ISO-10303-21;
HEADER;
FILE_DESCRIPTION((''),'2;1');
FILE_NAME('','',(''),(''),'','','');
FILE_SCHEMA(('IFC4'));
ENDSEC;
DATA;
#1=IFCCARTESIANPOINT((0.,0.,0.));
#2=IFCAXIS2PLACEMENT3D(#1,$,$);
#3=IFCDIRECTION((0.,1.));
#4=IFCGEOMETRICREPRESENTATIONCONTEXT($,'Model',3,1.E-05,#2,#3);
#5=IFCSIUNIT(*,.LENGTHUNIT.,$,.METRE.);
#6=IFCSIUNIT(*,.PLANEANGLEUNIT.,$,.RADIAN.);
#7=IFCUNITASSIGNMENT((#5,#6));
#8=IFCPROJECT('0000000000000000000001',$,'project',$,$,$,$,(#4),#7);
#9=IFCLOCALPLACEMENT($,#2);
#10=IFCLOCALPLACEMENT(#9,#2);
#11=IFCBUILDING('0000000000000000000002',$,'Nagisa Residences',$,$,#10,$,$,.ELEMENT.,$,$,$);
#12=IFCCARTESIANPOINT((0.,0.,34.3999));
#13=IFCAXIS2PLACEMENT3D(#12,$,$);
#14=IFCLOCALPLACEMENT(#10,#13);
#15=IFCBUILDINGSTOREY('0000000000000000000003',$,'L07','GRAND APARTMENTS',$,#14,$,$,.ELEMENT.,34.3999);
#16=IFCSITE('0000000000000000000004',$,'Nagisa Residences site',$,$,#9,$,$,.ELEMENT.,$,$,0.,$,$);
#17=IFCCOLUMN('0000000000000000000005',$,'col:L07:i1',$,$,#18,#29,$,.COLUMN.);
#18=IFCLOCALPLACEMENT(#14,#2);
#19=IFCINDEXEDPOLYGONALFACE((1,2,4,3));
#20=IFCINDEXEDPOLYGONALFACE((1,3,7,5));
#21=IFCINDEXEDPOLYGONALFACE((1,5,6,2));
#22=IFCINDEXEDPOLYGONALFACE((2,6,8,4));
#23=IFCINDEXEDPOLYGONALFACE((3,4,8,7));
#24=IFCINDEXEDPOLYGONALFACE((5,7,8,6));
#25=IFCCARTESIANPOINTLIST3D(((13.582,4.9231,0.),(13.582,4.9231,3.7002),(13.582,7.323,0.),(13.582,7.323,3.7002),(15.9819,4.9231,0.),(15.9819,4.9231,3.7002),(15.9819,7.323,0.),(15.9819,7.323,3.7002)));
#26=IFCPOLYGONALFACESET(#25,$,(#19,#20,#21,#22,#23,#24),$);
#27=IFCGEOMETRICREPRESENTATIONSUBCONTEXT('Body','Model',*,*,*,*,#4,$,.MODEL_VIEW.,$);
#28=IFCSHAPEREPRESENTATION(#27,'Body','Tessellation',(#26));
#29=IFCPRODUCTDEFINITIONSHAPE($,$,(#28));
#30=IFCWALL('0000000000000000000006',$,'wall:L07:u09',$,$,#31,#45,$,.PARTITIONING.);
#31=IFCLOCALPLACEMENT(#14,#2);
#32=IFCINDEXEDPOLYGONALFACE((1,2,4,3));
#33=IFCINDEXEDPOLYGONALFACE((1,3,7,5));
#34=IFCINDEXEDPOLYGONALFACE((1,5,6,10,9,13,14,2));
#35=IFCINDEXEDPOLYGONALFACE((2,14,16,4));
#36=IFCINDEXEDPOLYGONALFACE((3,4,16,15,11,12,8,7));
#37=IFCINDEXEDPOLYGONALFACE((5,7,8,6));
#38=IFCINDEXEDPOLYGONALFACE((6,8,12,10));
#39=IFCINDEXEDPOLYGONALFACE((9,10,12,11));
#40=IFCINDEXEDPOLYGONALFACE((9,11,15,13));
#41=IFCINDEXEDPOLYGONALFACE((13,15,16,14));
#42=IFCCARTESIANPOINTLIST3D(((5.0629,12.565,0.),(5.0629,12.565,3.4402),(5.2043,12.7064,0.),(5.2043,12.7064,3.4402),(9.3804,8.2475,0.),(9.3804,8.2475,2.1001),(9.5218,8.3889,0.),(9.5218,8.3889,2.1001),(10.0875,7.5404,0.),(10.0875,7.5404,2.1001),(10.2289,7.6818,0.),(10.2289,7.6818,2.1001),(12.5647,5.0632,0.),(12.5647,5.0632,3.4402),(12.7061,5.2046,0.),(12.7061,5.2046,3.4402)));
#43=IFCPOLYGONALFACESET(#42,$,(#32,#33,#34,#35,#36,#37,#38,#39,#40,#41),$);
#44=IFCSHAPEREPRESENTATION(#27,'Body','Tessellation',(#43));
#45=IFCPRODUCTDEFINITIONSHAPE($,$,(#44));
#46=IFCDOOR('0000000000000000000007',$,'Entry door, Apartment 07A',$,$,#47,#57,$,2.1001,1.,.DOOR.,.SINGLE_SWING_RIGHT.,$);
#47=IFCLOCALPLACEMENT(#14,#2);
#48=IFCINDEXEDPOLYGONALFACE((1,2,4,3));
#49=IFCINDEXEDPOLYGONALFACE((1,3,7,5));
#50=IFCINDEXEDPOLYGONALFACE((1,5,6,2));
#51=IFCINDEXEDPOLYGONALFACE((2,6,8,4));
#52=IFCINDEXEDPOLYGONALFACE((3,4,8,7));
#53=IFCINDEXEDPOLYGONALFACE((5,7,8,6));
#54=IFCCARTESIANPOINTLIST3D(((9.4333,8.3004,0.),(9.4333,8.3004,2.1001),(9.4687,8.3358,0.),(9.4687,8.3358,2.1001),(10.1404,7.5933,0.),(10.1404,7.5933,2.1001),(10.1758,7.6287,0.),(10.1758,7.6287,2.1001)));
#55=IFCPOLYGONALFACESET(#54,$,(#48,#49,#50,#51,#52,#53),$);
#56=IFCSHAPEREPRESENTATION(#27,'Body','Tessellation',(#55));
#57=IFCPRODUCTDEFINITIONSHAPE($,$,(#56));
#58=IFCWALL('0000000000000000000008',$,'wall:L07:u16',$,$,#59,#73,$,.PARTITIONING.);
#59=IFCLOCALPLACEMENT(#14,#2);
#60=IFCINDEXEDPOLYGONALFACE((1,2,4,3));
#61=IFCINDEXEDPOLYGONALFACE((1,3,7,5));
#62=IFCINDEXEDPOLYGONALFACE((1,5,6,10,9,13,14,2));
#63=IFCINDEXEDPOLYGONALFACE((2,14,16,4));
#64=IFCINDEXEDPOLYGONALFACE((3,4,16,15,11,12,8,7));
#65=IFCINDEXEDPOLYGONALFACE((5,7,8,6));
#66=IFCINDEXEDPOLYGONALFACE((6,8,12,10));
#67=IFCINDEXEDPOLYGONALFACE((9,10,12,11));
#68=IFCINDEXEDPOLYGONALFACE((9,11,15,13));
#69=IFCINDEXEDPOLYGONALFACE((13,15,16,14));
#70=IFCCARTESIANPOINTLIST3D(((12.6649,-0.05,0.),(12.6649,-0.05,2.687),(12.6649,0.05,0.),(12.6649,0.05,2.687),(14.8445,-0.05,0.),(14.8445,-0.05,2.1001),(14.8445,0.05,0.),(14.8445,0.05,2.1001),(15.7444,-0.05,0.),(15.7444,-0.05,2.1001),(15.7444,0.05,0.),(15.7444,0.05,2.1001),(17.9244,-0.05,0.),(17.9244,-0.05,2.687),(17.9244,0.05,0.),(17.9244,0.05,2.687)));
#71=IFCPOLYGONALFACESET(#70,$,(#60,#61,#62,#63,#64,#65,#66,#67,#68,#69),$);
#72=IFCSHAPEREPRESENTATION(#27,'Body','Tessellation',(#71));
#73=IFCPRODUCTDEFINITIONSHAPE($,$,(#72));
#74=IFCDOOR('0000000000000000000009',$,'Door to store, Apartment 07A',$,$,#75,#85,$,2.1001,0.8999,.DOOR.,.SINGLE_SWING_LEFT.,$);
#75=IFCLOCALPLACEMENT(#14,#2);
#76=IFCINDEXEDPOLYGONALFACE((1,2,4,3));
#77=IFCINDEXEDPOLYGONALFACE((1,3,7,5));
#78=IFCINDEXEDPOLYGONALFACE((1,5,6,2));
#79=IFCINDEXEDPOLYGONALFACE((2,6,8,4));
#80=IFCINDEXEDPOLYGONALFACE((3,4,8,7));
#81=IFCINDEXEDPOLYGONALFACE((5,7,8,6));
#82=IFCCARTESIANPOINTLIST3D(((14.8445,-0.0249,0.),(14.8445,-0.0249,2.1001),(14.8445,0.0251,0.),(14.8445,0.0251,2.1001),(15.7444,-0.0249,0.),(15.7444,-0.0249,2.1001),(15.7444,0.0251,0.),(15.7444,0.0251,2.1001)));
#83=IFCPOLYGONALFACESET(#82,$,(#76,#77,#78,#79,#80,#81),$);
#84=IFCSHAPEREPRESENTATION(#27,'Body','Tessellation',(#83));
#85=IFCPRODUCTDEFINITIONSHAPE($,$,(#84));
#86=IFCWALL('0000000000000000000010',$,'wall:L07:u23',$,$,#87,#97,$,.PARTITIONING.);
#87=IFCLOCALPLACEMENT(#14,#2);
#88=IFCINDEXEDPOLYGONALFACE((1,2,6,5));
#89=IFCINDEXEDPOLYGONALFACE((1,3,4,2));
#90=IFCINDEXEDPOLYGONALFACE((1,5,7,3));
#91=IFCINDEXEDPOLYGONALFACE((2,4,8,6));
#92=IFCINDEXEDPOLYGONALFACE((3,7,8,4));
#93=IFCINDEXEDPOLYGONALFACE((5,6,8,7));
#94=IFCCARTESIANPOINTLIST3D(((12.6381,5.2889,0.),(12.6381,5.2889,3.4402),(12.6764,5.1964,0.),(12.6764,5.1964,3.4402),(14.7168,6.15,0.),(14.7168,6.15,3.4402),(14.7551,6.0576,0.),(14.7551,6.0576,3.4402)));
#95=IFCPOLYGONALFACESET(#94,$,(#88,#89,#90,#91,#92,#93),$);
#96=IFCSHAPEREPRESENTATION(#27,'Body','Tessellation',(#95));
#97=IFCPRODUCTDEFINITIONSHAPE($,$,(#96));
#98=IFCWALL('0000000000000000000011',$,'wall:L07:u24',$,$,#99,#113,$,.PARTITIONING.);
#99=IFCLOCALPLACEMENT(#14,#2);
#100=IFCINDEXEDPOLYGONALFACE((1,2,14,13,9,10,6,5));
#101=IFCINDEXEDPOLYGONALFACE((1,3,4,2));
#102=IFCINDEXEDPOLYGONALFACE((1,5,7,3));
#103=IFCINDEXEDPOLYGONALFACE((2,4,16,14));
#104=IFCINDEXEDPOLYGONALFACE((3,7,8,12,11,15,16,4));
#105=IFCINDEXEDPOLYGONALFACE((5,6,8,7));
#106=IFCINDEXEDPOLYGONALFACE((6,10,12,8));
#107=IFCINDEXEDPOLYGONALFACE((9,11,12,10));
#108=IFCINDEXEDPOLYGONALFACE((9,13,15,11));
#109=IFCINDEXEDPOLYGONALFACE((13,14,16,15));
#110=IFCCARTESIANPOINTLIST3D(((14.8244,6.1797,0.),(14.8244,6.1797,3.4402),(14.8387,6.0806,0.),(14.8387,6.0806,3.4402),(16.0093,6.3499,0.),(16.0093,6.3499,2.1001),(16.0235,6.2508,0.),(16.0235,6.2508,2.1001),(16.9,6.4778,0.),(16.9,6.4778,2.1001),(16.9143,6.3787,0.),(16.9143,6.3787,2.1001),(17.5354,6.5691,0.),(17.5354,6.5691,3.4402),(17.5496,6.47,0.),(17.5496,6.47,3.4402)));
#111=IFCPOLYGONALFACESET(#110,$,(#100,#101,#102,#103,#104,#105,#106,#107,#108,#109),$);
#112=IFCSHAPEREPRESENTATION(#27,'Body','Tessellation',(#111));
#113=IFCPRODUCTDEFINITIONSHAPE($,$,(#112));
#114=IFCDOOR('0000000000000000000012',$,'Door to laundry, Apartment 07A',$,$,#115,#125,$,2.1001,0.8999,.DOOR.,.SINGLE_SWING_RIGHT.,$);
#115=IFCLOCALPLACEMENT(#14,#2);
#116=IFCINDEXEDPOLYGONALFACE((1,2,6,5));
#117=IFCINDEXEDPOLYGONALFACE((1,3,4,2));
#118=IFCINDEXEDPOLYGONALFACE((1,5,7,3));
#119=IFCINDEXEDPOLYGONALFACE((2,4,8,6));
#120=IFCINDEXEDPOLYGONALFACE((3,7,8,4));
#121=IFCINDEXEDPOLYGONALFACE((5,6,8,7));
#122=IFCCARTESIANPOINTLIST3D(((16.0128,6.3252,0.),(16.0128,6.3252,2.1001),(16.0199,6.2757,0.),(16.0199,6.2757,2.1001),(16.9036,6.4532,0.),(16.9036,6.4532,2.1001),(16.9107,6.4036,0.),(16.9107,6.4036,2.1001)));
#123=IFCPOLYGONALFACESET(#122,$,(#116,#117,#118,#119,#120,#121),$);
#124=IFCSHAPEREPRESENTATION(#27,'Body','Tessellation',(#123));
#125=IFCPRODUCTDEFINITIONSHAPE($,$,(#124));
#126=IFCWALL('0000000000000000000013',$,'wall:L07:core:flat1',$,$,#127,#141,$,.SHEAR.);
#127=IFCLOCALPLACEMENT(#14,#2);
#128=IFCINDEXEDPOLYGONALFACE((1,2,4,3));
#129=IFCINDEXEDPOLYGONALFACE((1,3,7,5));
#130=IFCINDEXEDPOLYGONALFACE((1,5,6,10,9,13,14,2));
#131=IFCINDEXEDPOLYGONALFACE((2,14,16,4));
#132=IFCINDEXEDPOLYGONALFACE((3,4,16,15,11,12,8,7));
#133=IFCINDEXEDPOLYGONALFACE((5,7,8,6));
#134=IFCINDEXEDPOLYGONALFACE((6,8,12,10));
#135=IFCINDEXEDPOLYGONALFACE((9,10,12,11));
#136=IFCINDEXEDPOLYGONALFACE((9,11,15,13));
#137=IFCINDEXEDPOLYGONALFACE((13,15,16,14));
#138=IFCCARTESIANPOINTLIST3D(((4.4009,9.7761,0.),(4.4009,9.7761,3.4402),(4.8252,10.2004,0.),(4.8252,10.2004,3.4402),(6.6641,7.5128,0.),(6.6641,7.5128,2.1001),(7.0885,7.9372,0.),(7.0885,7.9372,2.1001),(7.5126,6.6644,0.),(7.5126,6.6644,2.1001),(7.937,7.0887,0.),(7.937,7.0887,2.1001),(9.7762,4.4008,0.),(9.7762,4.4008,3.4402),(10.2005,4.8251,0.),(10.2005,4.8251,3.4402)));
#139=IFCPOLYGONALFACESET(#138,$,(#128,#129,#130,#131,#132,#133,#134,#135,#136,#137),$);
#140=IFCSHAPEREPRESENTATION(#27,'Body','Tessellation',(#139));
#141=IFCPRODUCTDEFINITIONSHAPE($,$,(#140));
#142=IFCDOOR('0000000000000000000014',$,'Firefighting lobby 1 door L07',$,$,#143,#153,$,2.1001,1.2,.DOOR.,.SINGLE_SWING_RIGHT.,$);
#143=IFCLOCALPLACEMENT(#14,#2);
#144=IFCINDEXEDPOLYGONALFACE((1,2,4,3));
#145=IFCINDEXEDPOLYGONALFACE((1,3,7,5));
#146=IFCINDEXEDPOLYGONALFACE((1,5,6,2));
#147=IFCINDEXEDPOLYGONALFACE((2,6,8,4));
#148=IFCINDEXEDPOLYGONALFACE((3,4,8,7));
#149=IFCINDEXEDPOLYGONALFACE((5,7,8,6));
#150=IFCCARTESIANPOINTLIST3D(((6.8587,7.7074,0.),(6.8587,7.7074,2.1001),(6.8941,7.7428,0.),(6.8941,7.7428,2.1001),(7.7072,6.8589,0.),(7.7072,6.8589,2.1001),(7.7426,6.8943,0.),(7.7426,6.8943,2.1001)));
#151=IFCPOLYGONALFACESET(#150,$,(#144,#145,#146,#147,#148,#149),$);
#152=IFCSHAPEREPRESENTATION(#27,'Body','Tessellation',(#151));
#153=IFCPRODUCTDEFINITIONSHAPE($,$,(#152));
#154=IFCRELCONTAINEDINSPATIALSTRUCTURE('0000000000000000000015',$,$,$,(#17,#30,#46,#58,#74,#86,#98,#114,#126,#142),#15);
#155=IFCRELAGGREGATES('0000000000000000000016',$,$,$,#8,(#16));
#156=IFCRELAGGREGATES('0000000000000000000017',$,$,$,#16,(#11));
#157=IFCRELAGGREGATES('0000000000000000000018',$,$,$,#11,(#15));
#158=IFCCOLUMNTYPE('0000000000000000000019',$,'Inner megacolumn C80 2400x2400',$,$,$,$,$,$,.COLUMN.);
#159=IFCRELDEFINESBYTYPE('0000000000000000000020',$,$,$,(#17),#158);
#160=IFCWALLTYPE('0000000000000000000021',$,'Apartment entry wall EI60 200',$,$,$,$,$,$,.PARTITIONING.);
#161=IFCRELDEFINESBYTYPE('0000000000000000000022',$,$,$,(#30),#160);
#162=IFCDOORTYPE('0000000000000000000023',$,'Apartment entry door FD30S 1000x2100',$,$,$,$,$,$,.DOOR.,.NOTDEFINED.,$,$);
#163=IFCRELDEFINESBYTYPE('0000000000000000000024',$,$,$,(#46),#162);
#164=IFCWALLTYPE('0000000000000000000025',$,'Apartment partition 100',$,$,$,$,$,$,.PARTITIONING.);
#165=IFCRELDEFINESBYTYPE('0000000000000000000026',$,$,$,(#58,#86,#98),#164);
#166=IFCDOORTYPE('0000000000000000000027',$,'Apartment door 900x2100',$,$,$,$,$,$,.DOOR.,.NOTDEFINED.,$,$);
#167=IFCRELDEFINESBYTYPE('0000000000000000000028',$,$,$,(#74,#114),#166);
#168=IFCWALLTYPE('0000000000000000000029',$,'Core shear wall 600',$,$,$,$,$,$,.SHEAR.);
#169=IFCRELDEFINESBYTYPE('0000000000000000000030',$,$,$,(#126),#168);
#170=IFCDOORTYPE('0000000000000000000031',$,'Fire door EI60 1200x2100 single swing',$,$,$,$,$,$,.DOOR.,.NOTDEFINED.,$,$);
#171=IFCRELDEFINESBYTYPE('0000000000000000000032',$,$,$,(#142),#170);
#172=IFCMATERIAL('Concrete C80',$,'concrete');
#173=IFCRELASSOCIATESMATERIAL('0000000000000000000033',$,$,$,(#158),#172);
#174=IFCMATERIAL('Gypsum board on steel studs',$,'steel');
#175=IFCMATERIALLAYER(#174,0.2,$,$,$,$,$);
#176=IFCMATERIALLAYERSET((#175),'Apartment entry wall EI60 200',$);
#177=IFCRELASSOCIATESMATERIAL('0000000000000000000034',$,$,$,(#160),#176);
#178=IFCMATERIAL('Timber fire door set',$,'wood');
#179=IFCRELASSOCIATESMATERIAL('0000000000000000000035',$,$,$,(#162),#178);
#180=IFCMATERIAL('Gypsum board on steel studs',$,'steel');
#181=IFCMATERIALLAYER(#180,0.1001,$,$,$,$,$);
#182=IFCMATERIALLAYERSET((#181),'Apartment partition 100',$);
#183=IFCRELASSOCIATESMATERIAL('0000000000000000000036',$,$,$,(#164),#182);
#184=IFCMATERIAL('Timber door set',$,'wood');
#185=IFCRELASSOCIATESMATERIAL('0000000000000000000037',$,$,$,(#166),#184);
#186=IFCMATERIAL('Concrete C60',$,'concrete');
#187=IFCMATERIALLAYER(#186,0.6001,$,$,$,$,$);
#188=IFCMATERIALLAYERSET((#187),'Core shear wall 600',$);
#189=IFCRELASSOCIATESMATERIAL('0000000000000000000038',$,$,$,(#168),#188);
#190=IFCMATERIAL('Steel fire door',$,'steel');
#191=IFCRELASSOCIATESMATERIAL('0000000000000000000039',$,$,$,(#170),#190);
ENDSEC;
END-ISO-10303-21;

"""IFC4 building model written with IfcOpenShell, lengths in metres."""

from ifc_helpers import new_model, si_unit, direction, frame, frame_2d, origin, origin_2d, place, context, subcontext, project, spatial, rectangle, extrude, material, layer, layer_set, material_profile, profile_set, type_object, element, fill, save


model = new_model("IFC4")

# Units and contexts
model_context = context("Model", 3, precision=1e-05, world=origin(), true_north=direction((0.0, 1.0)))
body_context = subcontext(model_context, "Body", "Model", "MODEL_VIEW")
ifc_project = project(units=[si_unit("LENGTHUNIT", "METRE"), si_unit("PLANEANGLEUNIT", "RADIAN")], contexts=[model_context])

# Site, building, storey
site_placement = place(None, origin())
site = spatial("IfcSite", under=ifc_project, at=site_placement, Name="Nagisa Residences site", CompositionType="ELEMENT", RefElevation=0.0)
building_placement = place(site_placement, origin())
building = spatial("IfcBuilding", under=site, at=building_placement, Name="Nagisa Residences", CompositionType="ELEMENT")
storey_placement = place(building_placement, frame((0.0, 0.0, 34.3999)))
storey = spatial("IfcBuildingStorey", under=building, at=storey_placement, Name="L07", Description="GRAND APARTMENTS", CompositionType="ELEMENT", Elevation=34.3999)

# Column
ifc_material_1 = material(Name="Concrete C80", Category="concrete")
ifc_material_profile = material_profile(ifc_material_1, rectangle(XDim=2.3999, YDim=2.3999, at=origin_2d()), Name="C80 2400x2400")
ifc_profile_set = profile_set([ifc_material_profile], Name="Concrete C80")
column_type = type_object("IfcColumnType", Name="Inner megacolumn C80 2400x2400", PredefinedType="COLUMN", material=ifc_profile_set)
column_placement = place(storey_placement, frame((14.782, 6.123, 0.0), z_axis=(0.0, 0.0, 1.0), x_axis=(1.0, 0.0, 0.0)))
element("IfcColumn", 1, at=column_placement, inside=storey, type_object=column_type, Name="col:L07:i1", PredefinedType="COLUMN", context=body_context, shape_type="SweptSolid", body=[
    extrude(rectangle(XDim=2.3999, YDim=2.3999, at=origin_2d()), origin(), (0.0, 0.0, 1.0), 3.7002),
])

# Walls, openings, doors
ifc_material_2 = material(Name="Gypsum board on steel studs", Category="steel")
ifc_layer_1 = layer(ifc_material_2, 0.2)
ifc_layer_set_1 = layer_set([ifc_layer_1], Name="Apartment entry wall EI60 200")
wall_type_1 = type_object("IfcWallType", Name="Apartment entry wall EI60 200", PredefinedType="PARTITIONING", material=ifc_layer_set_1)
wall_1_placement = place(storey_placement, frame((12.6355, 5.1338, 0.0), z_axis=(0.0, 0.0, 1.0), x_axis=(-0.707107, 0.707107, 0.0)))
wall_1 = element("IfcWall", 2, at=wall_1_placement, inside=storey, type_object=wall_type_1, Name="wall:L07:u09", PredefinedType="PARTITIONING", context=body_context, shape_type="SweptSolid", body=[
    extrude(rectangle(XDim=10.6091, YDim=0.2, at=frame_2d((5.3047, 0.0))), origin(), (0.0, 0.0, 1.0), 3.4402),
])
opening_1_placement = place(wall_1_placement, frame((3.5034, 0.0, 0.0)))
opening_1 = element("IfcOpeningElement", 3, at=opening_1_placement, cuts=wall_1, PredefinedType="OPENING", context=body_context, shape_type="SweptSolid", body=[
    extrude(rectangle(XDim=1.0, YDim=2.1001, at=frame_2d((0.5, 1.05))), frame((0.0, 0.1099, 0.0), z_axis=(0.0, -1.0, 0.0), x_axis=(1.0, 0.0, 0.0)), (0.0, 0.0, 1.0), 0.22),
])
ifc_material_3 = material(Name="Timber fire door set", Category="wood")
door_type_1 = type_object("IfcDoorType", Name="Apartment entry door FD30S 1000x2100", OperationType="NOTDEFINED", PredefinedType="DOOR", material=ifc_material_3)
door_1_placement = place(opening_1_placement, frame((1.0, 0.0, 0.0), x_axis=(-1.0, 0.0, 0.0)))
door_1 = element("IfcDoor", 4, at=door_1_placement, inside=storey, type_object=door_type_1, Name="Entry door, Apartment 07A", OperationType="SINGLE_SWING_RIGHT", OverallHeight=2.1001, OverallWidth=1.0, PredefinedType="DOOR", context=body_context, shape_type="SweptSolid", body=[
    extrude(rectangle(XDim=1.0, YDim=2.1001, at=frame_2d((0.5, 1.05))), frame((0.0, 0.0249, 0.0), z_axis=(0.0, -1.0, 0.0), x_axis=(1.0, 0.0, 0.0)), (0.0, 0.0, 1.0), 0.05),
])
fill(opening_1, door_1)
ifc_material_4 = material(Name="Gypsum board on steel studs", Category="steel")
ifc_layer_2 = layer(ifc_material_4, 0.1001)
ifc_layer_set_2 = layer_set([ifc_layer_2], Name="Apartment partition 100")
wall_type_2 = type_object("IfcWallType", Name="Apartment partition 100", PredefinedType="PARTITIONING", material=ifc_layer_set_2)
wall_2_placement = place(storey_placement, frame((12.6648, 0.0, 0.0), z_axis=(0.0, 0.0, 1.0), x_axis=(1.0, 0.0, 0.0)))
wall_2 = element("IfcWall", 5, at=wall_2_placement, inside=storey, type_object=wall_type_2, Name="wall:L07:u16", PredefinedType="PARTITIONING", context=body_context, shape_type="SweptSolid", body=[
    extrude(rectangle(XDim=5.2595, YDim=0.1001, at=frame_2d((2.6299, 0.0))), origin(), (0.0, 0.0, 1.0), 2.687),
])
opening_2_placement = place(wall_2_placement, frame((2.1797, 0.0, 0.0)))
opening_2 = element("IfcOpeningElement", 6, at=opening_2_placement, cuts=wall_2, PredefinedType="OPENING", context=body_context, shape_type="SweptSolid", body=[
    extrude(rectangle(XDim=0.8999, YDim=2.1001, at=frame_2d((0.45, 1.05))), frame((0.0, 0.0601, 0.0), z_axis=(0.0, -1.0, 0.0), x_axis=(1.0, 0.0, 0.0)), (0.0, 0.0, 1.0), 0.1201),
])
ifc_material_5 = material(Name="Timber door set", Category="wood")
door_type_2 = type_object("IfcDoorType", Name="Apartment door 900x2100", OperationType="NOTDEFINED", PredefinedType="DOOR", material=ifc_material_5)
door_2_placement = place(opening_2_placement, frame((0.8999, 0.0, 0.0), x_axis=(-1.0, 0.0, 0.0)))
door_2 = element("IfcDoor", 7, at=door_2_placement, inside=storey, type_object=door_type_2, Name="Door to store, Apartment 07A", OperationType="SINGLE_SWING_LEFT", OverallHeight=2.1001, OverallWidth=0.8999, PredefinedType="DOOR", context=body_context, shape_type="SweptSolid", body=[
    extrude(rectangle(XDim=0.8999, YDim=2.1001, at=frame_2d((0.45, 1.05))), frame((0.0, 0.0249, 0.0), z_axis=(0.0, -1.0, 0.0), x_axis=(1.0, 0.0, 0.0)), (0.0, 0.0, 1.0), 0.05),
])
fill(opening_2, door_2)

# Wall
wall_3_placement = place(storey_placement, frame((12.6572, 5.2427, 0.0), z_axis=(0.0, 0.0, 1.0), x_axis=(0.923865, 0.382719, 0.0)))
element("IfcWall", 8, at=wall_3_placement, inside=storey, type_object=wall_type_2, Name="wall:L07:u23", PredefinedType="PARTITIONING", context=body_context, shape_type="SweptSolid", body=[
    extrude(rectangle(XDim=2.25, YDim=0.1001, at=frame_2d((1.125, 0.0))), origin(), (0.0, 0.0, 1.0), 3.4402),
])

# Walls, openings, doors
wall_4_placement = place(storey_placement, frame((14.8315, 6.1301, 0.0), z_axis=(0.0, 0.0, 1.0), x_axis=(0.98984, 0.142183, 0.0)))
wall_4 = element("IfcWall", 9, at=wall_4_placement, inside=storey, type_object=wall_type_2, Name="wall:L07:u24", PredefinedType="PARTITIONING", context=body_context, shape_type="SweptSolid", body=[
    extrude(rectangle(XDim=2.7388, YDim=0.1001, at=frame_2d((1.3694, 0.0))), origin(), (0.0, 0.0, 1.0), 3.4402),
])
opening_3_placement = place(wall_4_placement, frame((1.197, 0.0, 0.0)))
opening_3 = element("IfcOpeningElement", 10, at=opening_3_placement, cuts=wall_4, PredefinedType="OPENING", context=body_context, shape_type="SweptSolid", body=[
    extrude(rectangle(XDim=0.8999, YDim=2.1001, at=frame_2d((0.45, 1.05))), frame((0.0, 0.0601, 0.0), z_axis=(0.0, -1.0, 0.0), x_axis=(1.0, 0.0, 0.0)), (0.0, 0.0, 1.0), 0.1201),
])
door_3_placement = place(opening_3_placement, frame((0.8999, 0.0, 0.0), x_axis=(-1.0, 0.0, 0.0)))
door_3 = element("IfcDoor", 11, at=door_3_placement, inside=storey, type_object=door_type_2, Name="Door to laundry, Apartment 07A", OperationType="SINGLE_SWING_RIGHT", OverallHeight=2.1001, OverallWidth=0.8999, PredefinedType="DOOR", context=body_context, shape_type="SweptSolid", body=[
    extrude(rectangle(XDim=0.8999, YDim=2.1001, at=frame_2d((0.45, 1.05))), frame((0.0, 0.0249, 0.0), z_axis=(0.0, -1.0, 0.0), x_axis=(1.0, 0.0, 0.0)), (0.0, 0.0, 1.0), 0.05),
])
fill(opening_3, door_3)
ifc_material_6 = material(Name="Concrete C60", Category="concrete")
ifc_layer_3 = layer(ifc_material_6, 0.6001)
ifc_layer_set_3 = layer_set([ifc_layer_3], Name="Core shear wall 600")
wall_type_3 = type_object("IfcWallType", Name="Core shear wall 600", PredefinedType="SHEAR", material=ifc_layer_set_3)
wall_5_placement = place(storey_placement, frame((9.9883, 4.613, 0.0), z_axis=(0.0, 0.0, 1.0), x_axis=(-0.707107, 0.707107, 0.0)))
wall_5 = element("IfcWall", 12, at=wall_5_placement, inside=storey, type_object=wall_type_3, Name="wall:L07:core:flat1", PredefinedType="SHEAR", context=body_context, shape_type="SweptSolid", body=[
    extrude(rectangle(XDim=7.6018, YDim=0.6001, at=frame_2d((3.8008, 0.0))), origin(), (0.0, 0.0, 1.0), 3.4402),
])
opening_4_placement = place(wall_5_placement, frame((3.2009, 0.0, 0.0)))
opening_4 = element("IfcOpeningElement", 13, at=opening_4_placement, cuts=wall_5, PredefinedType="OPENING", context=body_context, shape_type="SweptSolid", body=[
    extrude(rectangle(XDim=1.2, YDim=2.1001, at=frame_2d((0.6001, 1.05))), frame((0.0, 0.3101, 0.0), z_axis=(0.0, -1.0, 0.0), x_axis=(1.0, 0.0, 0.0)), (0.0, 0.0, 1.0), 0.6201),
])
ifc_material_7 = material(Name="Steel fire door", Category="steel")
door_type_3 = type_object("IfcDoorType", Name="Fire door EI60 1200x2100 single swing", OperationType="NOTDEFINED", PredefinedType="DOOR", material=ifc_material_7)
door_4_placement = place(opening_4_placement, origin())
door_4 = element("IfcDoor", 14, at=door_4_placement, inside=storey, type_object=door_type_3, Name="Firefighting lobby 1 door L07", OperationType="SINGLE_SWING_RIGHT", OverallHeight=2.1001, OverallWidth=1.2, PredefinedType="DOOR", context=body_context, shape_type="SweptSolid", body=[
    extrude(rectangle(XDim=1.2, YDim=2.1001, at=frame_2d((0.6001, 1.05))), frame((0.0, 0.0249, 0.0), z_axis=(0.0, -1.0, 0.0), x_axis=(1.0, 0.0, 0.0)), (0.0, 0.0, 1.0), 0.05),
])
fill(opening_4, door_4)

save(model, "model.ifc")
